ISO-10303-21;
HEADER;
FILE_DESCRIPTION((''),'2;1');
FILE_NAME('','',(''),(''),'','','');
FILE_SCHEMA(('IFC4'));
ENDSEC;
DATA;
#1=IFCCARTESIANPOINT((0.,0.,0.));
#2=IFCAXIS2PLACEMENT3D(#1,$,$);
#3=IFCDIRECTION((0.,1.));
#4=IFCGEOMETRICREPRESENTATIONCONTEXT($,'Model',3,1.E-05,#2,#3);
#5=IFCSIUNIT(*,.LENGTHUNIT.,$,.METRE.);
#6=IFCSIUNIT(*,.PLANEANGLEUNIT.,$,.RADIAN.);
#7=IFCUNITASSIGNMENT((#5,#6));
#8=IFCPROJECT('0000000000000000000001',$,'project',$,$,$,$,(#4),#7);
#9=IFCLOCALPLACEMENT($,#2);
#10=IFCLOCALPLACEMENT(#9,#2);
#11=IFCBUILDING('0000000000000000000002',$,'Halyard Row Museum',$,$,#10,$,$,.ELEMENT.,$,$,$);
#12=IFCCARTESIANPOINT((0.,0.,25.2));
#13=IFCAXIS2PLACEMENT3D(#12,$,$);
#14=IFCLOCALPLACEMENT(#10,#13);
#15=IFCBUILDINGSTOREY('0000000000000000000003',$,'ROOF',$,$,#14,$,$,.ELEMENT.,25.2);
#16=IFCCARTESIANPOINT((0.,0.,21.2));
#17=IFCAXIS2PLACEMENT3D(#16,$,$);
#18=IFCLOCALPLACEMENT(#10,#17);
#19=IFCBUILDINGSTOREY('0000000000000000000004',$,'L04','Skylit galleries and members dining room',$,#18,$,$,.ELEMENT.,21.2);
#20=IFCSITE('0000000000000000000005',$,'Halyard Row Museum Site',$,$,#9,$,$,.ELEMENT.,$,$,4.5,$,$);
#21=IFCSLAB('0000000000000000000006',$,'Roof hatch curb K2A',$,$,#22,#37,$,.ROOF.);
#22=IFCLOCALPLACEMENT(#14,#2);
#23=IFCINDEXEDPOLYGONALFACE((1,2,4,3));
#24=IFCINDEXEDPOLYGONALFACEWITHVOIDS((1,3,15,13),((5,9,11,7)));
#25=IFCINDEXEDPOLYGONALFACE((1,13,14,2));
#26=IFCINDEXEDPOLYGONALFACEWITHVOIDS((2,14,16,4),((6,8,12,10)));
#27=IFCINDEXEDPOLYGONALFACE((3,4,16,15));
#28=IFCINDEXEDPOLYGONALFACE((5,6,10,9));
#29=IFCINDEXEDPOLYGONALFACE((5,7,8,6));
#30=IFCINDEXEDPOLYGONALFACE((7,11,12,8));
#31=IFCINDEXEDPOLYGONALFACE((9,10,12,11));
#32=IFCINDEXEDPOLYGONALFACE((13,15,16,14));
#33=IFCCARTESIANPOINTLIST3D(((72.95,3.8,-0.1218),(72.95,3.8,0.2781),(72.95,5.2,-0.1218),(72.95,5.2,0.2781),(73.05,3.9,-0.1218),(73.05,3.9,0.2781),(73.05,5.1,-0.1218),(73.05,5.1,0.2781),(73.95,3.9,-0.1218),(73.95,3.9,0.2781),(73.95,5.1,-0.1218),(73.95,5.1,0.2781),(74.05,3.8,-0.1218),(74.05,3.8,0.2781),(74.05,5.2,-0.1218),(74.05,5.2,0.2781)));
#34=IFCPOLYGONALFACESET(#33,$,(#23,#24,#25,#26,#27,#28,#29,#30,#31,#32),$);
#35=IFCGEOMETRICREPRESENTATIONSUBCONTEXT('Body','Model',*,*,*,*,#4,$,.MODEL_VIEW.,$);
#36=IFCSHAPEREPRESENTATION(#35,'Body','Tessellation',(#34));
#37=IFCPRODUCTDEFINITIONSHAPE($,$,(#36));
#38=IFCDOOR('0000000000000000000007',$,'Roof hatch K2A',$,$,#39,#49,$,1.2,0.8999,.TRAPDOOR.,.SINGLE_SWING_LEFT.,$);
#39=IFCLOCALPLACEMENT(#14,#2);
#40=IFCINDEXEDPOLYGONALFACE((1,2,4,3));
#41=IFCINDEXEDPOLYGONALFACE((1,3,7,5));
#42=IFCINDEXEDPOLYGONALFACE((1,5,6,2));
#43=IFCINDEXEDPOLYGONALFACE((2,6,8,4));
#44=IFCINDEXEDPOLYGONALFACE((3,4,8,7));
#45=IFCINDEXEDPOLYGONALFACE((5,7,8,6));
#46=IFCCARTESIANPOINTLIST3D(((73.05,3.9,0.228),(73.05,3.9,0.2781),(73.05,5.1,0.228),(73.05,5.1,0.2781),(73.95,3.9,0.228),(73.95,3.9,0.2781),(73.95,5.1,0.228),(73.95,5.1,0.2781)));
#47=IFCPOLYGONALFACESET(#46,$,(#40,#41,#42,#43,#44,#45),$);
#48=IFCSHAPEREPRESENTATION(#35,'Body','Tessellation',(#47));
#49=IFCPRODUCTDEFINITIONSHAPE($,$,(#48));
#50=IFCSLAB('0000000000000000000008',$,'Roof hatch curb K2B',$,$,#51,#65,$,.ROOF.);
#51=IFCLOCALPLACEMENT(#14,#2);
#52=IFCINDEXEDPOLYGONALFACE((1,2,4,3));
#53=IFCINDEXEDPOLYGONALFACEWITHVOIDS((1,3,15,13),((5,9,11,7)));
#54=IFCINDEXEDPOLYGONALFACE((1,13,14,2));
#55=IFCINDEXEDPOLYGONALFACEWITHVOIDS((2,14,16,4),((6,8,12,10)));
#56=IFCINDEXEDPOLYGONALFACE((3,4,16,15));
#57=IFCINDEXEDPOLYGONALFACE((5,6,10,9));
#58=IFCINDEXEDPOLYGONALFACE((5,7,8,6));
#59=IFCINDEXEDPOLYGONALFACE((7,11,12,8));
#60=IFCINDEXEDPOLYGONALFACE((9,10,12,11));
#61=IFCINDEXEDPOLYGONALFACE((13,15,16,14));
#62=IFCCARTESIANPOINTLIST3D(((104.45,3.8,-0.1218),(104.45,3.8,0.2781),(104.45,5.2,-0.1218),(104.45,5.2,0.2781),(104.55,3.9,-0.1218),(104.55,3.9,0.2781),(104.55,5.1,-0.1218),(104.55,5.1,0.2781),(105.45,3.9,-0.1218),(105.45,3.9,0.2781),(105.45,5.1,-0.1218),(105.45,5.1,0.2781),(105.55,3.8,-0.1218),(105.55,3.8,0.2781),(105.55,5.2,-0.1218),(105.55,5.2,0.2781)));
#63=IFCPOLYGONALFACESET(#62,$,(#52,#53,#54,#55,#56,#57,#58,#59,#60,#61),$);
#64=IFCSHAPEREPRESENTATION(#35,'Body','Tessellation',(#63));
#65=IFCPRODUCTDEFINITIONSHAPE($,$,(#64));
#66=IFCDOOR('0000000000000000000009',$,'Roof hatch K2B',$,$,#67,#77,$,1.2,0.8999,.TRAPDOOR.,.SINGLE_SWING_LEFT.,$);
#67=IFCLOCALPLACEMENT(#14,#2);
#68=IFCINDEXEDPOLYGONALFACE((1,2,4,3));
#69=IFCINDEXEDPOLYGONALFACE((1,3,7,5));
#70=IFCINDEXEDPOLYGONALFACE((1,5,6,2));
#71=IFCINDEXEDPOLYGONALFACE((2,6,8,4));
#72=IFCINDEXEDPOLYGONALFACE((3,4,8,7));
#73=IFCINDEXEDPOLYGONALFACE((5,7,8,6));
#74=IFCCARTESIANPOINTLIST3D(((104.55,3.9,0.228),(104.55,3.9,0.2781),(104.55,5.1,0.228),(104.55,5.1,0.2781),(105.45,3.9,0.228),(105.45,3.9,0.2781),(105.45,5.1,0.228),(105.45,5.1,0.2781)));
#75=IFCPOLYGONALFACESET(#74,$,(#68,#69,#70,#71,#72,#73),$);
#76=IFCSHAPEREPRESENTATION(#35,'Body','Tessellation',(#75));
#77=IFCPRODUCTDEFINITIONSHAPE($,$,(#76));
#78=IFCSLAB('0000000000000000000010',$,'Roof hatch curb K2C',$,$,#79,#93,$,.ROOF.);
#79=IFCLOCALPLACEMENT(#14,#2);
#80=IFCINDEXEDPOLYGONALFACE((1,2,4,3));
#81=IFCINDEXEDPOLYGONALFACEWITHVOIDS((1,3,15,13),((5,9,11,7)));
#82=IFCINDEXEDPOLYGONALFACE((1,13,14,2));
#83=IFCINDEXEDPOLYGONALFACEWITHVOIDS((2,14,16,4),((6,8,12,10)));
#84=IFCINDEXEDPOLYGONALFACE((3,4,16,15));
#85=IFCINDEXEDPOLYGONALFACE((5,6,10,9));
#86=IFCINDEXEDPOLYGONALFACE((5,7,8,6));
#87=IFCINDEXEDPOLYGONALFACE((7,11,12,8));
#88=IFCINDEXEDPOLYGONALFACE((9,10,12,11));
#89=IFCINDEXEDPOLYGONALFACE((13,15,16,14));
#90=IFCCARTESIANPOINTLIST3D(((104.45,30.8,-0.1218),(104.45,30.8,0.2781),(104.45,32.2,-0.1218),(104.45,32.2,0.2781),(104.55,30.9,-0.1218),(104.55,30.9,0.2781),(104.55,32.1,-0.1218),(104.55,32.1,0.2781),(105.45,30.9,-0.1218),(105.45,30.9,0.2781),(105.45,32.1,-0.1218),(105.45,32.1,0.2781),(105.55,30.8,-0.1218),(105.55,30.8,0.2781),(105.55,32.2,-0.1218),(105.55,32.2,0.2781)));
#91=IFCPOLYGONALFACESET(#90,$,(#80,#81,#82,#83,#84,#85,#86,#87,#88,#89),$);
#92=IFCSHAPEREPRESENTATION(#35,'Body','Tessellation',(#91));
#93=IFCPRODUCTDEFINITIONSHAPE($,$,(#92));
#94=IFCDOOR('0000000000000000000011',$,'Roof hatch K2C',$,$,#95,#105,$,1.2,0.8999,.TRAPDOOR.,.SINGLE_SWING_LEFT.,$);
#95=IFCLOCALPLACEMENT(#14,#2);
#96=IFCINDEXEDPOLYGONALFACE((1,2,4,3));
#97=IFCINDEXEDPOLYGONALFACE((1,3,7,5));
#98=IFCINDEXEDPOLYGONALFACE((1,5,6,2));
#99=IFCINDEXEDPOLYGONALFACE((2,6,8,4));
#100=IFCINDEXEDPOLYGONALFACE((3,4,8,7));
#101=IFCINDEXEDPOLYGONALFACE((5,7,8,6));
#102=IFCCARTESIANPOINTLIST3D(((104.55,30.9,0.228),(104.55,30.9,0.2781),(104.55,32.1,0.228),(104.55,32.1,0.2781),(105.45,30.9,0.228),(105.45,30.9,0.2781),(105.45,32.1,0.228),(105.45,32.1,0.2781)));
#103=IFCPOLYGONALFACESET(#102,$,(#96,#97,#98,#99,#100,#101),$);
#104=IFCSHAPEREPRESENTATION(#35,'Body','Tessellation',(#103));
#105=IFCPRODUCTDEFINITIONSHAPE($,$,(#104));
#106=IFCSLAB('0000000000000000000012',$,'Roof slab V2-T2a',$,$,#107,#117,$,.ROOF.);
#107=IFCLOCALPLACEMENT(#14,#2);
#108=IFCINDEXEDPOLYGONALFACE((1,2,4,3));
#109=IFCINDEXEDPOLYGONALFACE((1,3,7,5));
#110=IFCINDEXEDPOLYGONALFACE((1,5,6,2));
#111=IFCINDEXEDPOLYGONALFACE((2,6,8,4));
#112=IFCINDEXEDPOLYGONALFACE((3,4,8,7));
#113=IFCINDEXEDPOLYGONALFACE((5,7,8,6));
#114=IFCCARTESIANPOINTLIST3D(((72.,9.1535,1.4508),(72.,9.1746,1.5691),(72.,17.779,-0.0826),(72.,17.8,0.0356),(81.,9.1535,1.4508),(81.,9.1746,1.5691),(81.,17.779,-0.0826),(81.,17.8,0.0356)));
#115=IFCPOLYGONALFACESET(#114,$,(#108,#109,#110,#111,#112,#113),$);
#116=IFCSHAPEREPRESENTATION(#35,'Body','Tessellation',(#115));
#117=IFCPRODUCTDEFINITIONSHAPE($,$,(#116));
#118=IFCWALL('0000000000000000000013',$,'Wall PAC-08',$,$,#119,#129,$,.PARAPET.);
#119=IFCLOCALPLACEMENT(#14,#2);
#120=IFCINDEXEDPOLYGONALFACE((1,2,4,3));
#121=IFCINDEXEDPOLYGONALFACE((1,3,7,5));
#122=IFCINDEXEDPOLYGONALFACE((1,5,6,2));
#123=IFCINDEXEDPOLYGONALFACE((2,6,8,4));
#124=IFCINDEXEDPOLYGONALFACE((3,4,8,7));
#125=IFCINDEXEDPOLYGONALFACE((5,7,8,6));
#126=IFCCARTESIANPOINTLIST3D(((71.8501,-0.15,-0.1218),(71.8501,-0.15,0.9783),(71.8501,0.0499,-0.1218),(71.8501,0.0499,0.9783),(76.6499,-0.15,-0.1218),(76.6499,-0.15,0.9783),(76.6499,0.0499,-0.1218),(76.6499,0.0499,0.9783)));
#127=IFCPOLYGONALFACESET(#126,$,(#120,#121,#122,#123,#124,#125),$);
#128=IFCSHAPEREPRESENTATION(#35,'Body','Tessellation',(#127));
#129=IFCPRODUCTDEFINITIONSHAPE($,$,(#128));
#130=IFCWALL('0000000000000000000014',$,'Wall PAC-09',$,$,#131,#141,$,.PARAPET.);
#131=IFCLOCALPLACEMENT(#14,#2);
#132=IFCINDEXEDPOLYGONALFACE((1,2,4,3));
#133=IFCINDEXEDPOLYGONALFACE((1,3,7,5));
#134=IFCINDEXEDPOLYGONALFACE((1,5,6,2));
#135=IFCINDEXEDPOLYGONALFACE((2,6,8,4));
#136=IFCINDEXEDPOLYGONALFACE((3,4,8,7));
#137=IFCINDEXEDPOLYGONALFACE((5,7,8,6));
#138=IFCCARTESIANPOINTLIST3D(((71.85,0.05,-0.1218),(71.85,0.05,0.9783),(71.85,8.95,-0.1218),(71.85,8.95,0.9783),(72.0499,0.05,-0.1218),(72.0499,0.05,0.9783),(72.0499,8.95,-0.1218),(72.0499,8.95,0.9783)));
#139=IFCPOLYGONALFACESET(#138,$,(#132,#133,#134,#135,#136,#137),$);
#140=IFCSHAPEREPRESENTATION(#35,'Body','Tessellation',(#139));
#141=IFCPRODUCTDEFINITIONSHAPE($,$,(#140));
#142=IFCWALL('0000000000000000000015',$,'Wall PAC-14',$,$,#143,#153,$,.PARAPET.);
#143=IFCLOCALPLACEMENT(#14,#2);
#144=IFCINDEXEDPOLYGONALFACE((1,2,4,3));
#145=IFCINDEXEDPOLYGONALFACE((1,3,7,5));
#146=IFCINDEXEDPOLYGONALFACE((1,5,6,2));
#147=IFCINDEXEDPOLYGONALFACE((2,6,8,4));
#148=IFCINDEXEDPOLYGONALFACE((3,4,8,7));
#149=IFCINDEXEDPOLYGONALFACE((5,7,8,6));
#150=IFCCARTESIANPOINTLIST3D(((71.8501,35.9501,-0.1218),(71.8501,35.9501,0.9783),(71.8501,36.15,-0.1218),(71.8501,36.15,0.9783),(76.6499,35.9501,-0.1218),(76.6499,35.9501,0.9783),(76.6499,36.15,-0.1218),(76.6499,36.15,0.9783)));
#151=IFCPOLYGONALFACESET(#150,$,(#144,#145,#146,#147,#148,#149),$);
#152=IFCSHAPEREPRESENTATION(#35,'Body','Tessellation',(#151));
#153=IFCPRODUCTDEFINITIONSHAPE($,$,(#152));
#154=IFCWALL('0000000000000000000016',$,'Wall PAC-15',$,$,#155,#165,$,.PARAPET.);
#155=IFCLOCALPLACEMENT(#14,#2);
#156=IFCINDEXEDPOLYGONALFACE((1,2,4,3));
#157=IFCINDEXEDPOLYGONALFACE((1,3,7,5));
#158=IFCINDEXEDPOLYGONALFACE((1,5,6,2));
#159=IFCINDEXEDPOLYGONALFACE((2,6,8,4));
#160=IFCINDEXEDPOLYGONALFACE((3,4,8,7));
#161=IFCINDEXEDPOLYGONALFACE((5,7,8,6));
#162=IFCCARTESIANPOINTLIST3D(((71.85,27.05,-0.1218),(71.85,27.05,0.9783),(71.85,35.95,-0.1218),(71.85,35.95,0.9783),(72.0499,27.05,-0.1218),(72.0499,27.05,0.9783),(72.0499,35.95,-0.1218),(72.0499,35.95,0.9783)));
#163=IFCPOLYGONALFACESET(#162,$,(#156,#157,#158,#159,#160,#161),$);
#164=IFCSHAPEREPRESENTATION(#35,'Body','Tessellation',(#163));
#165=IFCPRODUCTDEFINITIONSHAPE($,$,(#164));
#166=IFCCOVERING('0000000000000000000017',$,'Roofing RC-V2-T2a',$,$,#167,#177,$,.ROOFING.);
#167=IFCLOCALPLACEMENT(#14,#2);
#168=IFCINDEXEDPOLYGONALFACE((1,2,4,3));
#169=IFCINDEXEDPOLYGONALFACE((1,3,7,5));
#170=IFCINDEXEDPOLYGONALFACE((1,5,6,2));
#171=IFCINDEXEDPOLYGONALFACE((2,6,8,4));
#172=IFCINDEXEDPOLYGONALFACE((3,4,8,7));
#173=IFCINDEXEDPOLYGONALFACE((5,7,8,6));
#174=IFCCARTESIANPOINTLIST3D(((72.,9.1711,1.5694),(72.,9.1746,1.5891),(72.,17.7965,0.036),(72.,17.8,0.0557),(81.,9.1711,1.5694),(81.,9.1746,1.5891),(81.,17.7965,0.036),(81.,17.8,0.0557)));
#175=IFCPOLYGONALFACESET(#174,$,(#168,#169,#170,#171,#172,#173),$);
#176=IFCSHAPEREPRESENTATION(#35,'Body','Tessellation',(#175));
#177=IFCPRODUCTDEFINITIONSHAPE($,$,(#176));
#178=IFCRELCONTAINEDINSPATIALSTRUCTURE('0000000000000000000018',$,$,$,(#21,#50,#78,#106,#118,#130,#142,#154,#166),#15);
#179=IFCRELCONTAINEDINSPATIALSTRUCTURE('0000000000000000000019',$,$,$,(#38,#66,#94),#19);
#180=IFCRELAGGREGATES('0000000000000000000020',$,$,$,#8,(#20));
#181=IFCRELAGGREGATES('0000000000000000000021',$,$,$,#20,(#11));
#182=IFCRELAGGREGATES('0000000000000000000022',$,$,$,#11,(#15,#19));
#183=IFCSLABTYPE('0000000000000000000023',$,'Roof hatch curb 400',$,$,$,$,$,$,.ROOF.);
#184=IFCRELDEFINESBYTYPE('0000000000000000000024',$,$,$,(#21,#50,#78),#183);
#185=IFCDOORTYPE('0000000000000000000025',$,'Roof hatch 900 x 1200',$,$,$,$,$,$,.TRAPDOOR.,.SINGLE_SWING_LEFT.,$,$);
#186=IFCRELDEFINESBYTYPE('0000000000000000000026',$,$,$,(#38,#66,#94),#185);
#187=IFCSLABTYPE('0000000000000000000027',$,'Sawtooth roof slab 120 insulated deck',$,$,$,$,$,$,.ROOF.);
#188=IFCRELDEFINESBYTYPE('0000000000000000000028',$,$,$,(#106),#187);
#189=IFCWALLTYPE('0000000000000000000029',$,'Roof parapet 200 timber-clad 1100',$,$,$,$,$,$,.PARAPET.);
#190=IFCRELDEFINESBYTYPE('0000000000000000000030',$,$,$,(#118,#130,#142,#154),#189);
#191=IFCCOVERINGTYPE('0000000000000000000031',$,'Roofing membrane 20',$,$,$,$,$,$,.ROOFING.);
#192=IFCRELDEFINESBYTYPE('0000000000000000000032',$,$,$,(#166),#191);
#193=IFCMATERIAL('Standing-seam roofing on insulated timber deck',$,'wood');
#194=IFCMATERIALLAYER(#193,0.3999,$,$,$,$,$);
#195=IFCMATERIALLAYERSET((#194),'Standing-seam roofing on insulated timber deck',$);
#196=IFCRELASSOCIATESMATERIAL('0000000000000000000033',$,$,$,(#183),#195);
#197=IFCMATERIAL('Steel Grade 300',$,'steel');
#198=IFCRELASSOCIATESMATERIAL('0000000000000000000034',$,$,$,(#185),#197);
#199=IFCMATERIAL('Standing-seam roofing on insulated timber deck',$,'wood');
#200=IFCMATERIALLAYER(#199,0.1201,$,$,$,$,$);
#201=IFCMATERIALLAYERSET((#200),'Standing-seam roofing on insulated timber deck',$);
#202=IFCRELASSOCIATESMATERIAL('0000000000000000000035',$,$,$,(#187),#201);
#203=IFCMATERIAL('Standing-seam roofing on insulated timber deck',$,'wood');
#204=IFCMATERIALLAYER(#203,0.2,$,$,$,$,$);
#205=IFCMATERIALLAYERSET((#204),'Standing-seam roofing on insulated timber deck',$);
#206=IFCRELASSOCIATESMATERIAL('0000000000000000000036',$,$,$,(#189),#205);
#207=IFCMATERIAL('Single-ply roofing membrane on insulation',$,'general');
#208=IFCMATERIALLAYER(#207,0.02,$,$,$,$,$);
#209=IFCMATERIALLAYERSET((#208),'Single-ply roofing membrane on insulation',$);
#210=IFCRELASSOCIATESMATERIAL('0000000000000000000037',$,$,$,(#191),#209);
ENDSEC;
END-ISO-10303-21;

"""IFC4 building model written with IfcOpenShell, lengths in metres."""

from ifc_helpers import new_model, si_unit, direction, frame, frame_2d, origin, origin_2d, place, context, subcontext, project, spatial, polyline, rectangle, outline, extrude, material, layer, layer_set, type_object, element, fill, save


model = new_model("IFC4")

# Units and contexts
model_context = context("Model", 3, precision=1e-05, world=origin(), true_north=direction((0.0, 1.0)))
body_context = subcontext(model_context, "Body", "Model", "MODEL_VIEW")
ifc_project = project(units=[si_unit("LENGTHUNIT", "METRE"), si_unit("PLANEANGLEUNIT", "RADIAN")], contexts=[model_context])

# Site, building, storey
site_placement = place(None, origin())
site = spatial("IfcSite", under=ifc_project, at=site_placement, Name="Halyard Row Museum Site", CompositionType="ELEMENT", RefElevation=4.5)
building_placement = place(site_placement, origin())
building = spatial("IfcBuilding", under=site, at=building_placement, Name="Halyard Row Museum", CompositionType="ELEMENT")
storey_1_placement = place(building_placement, frame((0.0, 0.0, 25.2)))
storey_1 = spatial("IfcBuildingStorey", under=building, at=storey_1_placement, Name="ROOF", CompositionType="ELEMENT", Elevation=25.2)

# Slab, opening
ifc_material_1 = material(Name="Standing-seam roofing on insulated timber deck", Category="wood")
ifc_layer_1 = layer(ifc_material_1, 0.3999)
ifc_layer_set_1 = layer_set([ifc_layer_1], Name="Standing-seam roofing on insulated timber deck")
slab_type_1 = type_object("IfcSlabType", Name="Roof hatch curb 400", PredefinedType="ROOF", material=ifc_layer_set_1)
slab_1_placement = place(storey_1_placement, frame((0.0, 0.0, -0.1218)))
slab_1 = element("IfcSlab", 1, at=slab_1_placement, inside=storey_1, type_object=slab_type_1, Name="Roof hatch curb K2A", PredefinedType="ROOF", context=body_context, shape_type="SweptSolid", body=[
    extrude(outline(polyline([(72.95, 3.8), (74.05, 3.8), (74.05, 5.2), (72.95, 5.2), (72.95, 3.8)])), origin(), (0.0, 0.0, 1.0), 0.3999),
])
opening_1_placement = place(slab_1_placement, frame((73.5, 4.5, -0.01)))
opening_1 = element("IfcOpeningElement", 2, at=opening_1_placement, cuts=slab_1, PredefinedType="OPENING", context=body_context, shape_type="SweptSolid", body=[
    extrude(rectangle(XDim=0.8999, YDim=1.2, at=origin_2d()), origin(), (0.0, 0.0, 1.0), 0.4199),
])

# Shared definitions
storey_2_placement = place(building_placement, frame((0.0, 0.0, 21.2)))
storey_2 = spatial("IfcBuildingStorey", under=building, at=storey_2_placement, Name="L04", Description="Skylit galleries and members dining room", CompositionType="ELEMENT", Elevation=21.2)

# Door
ifc_material_2 = material(Name="Steel Grade 300", Category="steel")
door_type = type_object("IfcDoorType", Name="Roof hatch 900 x 1200", OperationType="SINGLE_SWING_LEFT", PredefinedType="TRAPDOOR", material=ifc_material_2)
door_1_placement = place(opening_1_placement, frame((0.0, 0.0, 0.3599)))
door_1 = element("IfcDoor", 3, at=door_1_placement, inside=storey_2, type_object=door_type, Name="Roof hatch K2A", OperationType="SINGLE_SWING_LEFT", OverallHeight=1.2, OverallWidth=0.8999, PredefinedType="TRAPDOOR", context=body_context, shape_type="SweptSolid", body=[
    extrude(rectangle(XDim=0.8999, YDim=1.2, at=origin_2d()), origin(), (0.0, 0.0, 1.0), 0.05),
])
fill(opening_1, door_1)

# Slabs, openings, doors
slab_2_placement = place(storey_1_placement, frame((0.0, 0.0, -0.1218)))
slab_2 = element("IfcSlab", 4, at=slab_2_placement, inside=storey_1, type_object=slab_type_1, Name="Roof hatch curb K2B", PredefinedType="ROOF", context=body_context, shape_type="SweptSolid", body=[
    extrude(outline(polyline([(104.45, 3.8), (105.55, 3.8), (105.55, 5.2), (104.45, 5.2), (104.45, 3.8)])), origin(), (0.0, 0.0, 1.0), 0.3999),
])
opening_2_placement = place(slab_2_placement, frame((105.0, 4.5, -0.01)))
opening_2 = element("IfcOpeningElement", 5, at=opening_2_placement, cuts=slab_2, PredefinedType="OPENING", context=body_context, shape_type="SweptSolid", body=[
    extrude(rectangle(XDim=0.8999, YDim=1.2, at=origin_2d()), origin(), (0.0, 0.0, 1.0), 0.4199),
])
door_2_placement = place(opening_2_placement, frame((0.0, 0.0, 0.3599)))
door_2 = element("IfcDoor", 6, at=door_2_placement, inside=storey_2, type_object=door_type, Name="Roof hatch K2B", OperationType="SINGLE_SWING_LEFT", OverallHeight=1.2, OverallWidth=0.8999, PredefinedType="TRAPDOOR", context=body_context, shape_type="SweptSolid", body=[
    extrude(rectangle(XDim=0.8999, YDim=1.2, at=origin_2d()), origin(), (0.0, 0.0, 1.0), 0.05),
])
fill(opening_2, door_2)
slab_3_placement = place(storey_1_placement, frame((0.0, 0.0, -0.1218)))
slab_3 = element("IfcSlab", 7, at=slab_3_placement, inside=storey_1, type_object=slab_type_1, Name="Roof hatch curb K2C", PredefinedType="ROOF", context=body_context, shape_type="SweptSolid", body=[
    extrude(outline(polyline([(104.45, 30.8), (105.55, 30.8), (105.55, 32.2), (104.45, 32.2), (104.45, 30.8)])), origin(), (0.0, 0.0, 1.0), 0.3999),
])
opening_3_placement = place(slab_3_placement, frame((105.0, 31.5, -0.01)))
opening_3 = element("IfcOpeningElement", 8, at=opening_3_placement, cuts=slab_3, PredefinedType="OPENING", context=body_context, shape_type="SweptSolid", body=[
    extrude(rectangle(XDim=0.8999, YDim=1.2, at=origin_2d()), origin(), (0.0, 0.0, 1.0), 0.4199),
])
door_3_placement = place(opening_3_placement, frame((0.0, 0.0, 0.3599)))
door_3 = element("IfcDoor", 9, at=door_3_placement, inside=storey_2, type_object=door_type, Name="Roof hatch K2C", OperationType="SINGLE_SWING_LEFT", OverallHeight=1.2, OverallWidth=0.8999, PredefinedType="TRAPDOOR", context=body_context, shape_type="SweptSolid", body=[
    extrude(rectangle(XDim=0.8999, YDim=1.2, at=origin_2d()), origin(), (0.0, 0.0, 1.0), 0.05),
])
fill(opening_3, door_3)

# Slab
ifc_material_3 = material(Name="Standing-seam roofing on insulated timber deck", Category="wood")
ifc_layer_2 = layer(ifc_material_3, 0.1201)
ifc_layer_set_2 = layer_set([ifc_layer_2], Name="Standing-seam roofing on insulated timber deck")
slab_type_2 = type_object("IfcSlabType", Name="Sawtooth roof slab 120 insulated deck", PredefinedType="ROOF", material=ifc_layer_set_2)
slab_4_placement = place(storey_1_placement, frame((72.0, 9.1746, 1.5691), z_axis=(0.0, 0.175036, 0.984562), x_axis=(1.0, 0.0, 0.0)))
element("IfcSlab", 10, at=slab_4_placement, inside=storey_1, type_object=slab_type_2, Name="Roof slab V2-T2a", PredefinedType="ROOF", context=body_context, shape_type="SweptSolid", body=[
    extrude(outline(polyline([(0.0, 0.0), (9.0, 0.0), (9.0, 8.7607), (0.0, 8.7607), (0.0, 0.0)])), origin(), (0.0, 0.0, -1.0), 0.1201),
])

# Walls
ifc_material_4 = material(Name="Standing-seam roofing on insulated timber deck", Category="wood")
ifc_layer_3 = layer(ifc_material_4, 0.2)
ifc_layer_set_3 = layer_set([ifc_layer_3], Name="Standing-seam roofing on insulated timber deck")
wall_type = type_object("IfcWallType", Name="Roof parapet 200 timber-clad 1100", PredefinedType="PARAPET", material=ifc_layer_set_3)
wall_1_placement = place(storey_1_placement, frame((71.8501, -0.05, -0.1218), z_axis=(0.0, 0.0, 1.0), x_axis=(1.0, 0.0, 0.0)))
element("IfcWall", 11, at=wall_1_placement, inside=storey_1, type_object=wall_type, Name="Wall PAC-08", PredefinedType="PARAPET", context=body_context, shape_type="SweptSolid", body=[
    extrude(rectangle(XDim=4.7998, YDim=0.2, at=frame_2d((2.3999, 0.0))), origin(), (0.0, 0.0, 1.0), 1.1001),
])
wall_2_placement = place(storey_1_placement, frame((71.95, 0.05, -0.1218), z_axis=(0.0, 0.0, 1.0), x_axis=(0.0, 1.0, 0.0)))
element("IfcWall", 12, at=wall_2_placement, inside=storey_1, type_object=wall_type, Name="Wall PAC-09", PredefinedType="PARAPET", context=body_context, shape_type="SweptSolid", body=[
    extrude(rectangle(XDim=8.8999, YDim=0.2, at=frame_2d((4.45, 0.0))), origin(), (0.0, 0.0, 1.0), 1.1001),
])
wall_3_placement = place(storey_1_placement, frame((71.8501, 36.05, -0.1218), z_axis=(0.0, 0.0, 1.0), x_axis=(1.0, 0.0, 0.0)))
element("IfcWall", 13, at=wall_3_placement, inside=storey_1, type_object=wall_type, Name="Wall PAC-14", PredefinedType="PARAPET", context=body_context, shape_type="SweptSolid", body=[
    extrude(rectangle(XDim=4.7998, YDim=0.2, at=frame_2d((2.3999, 0.0))), origin(), (0.0, 0.0, 1.0), 1.1001),
])
wall_4_placement = place(storey_1_placement, frame((71.95, 27.05, -0.1218), z_axis=(0.0, 0.0, 1.0), x_axis=(0.0, 1.0, 0.0)))
element("IfcWall", 14, at=wall_4_placement, inside=storey_1, type_object=wall_type, Name="Wall PAC-15", PredefinedType="PARAPET", context=body_context, shape_type="SweptSolid", body=[
    extrude(rectangle(XDim=8.8999, YDim=0.2, at=frame_2d((4.45, 0.0))), origin(), (0.0, 0.0, 1.0), 1.1001),
])

# Covering
ifc_material_5 = material(Name="Single-ply roofing membrane on insulation", Category="general")
ifc_layer_4 = layer(ifc_material_5, 0.02)
ifc_layer_set_4 = layer_set([ifc_layer_4], Name="Single-ply roofing membrane on insulation")
covering_type = type_object("IfcCoveringType", Name="Roofing membrane 20", PredefinedType="ROOFING", material=ifc_layer_set_4)
covering_placement = place(storey_1_placement, frame((72.0, 9.1746, 1.5891), z_axis=(0.0, 0.175036, 0.984562), x_axis=(1.0, 0.0, 0.0)))
element("IfcCovering", 15, at=covering_placement, inside=storey_1, type_object=covering_type, Name="Roofing RC-V2-T2a", PredefinedType="ROOFING", context=body_context, shape_type="SweptSolid", body=[
    extrude(outline(polyline([(0.0, 0.0), (9.0, 0.0), (9.0, 8.7607), (0.0, 8.7607), (0.0, 0.0)])), origin(), (0.0, 0.0, -1.0), 0.02),
])

save(model, "model.ifc")
